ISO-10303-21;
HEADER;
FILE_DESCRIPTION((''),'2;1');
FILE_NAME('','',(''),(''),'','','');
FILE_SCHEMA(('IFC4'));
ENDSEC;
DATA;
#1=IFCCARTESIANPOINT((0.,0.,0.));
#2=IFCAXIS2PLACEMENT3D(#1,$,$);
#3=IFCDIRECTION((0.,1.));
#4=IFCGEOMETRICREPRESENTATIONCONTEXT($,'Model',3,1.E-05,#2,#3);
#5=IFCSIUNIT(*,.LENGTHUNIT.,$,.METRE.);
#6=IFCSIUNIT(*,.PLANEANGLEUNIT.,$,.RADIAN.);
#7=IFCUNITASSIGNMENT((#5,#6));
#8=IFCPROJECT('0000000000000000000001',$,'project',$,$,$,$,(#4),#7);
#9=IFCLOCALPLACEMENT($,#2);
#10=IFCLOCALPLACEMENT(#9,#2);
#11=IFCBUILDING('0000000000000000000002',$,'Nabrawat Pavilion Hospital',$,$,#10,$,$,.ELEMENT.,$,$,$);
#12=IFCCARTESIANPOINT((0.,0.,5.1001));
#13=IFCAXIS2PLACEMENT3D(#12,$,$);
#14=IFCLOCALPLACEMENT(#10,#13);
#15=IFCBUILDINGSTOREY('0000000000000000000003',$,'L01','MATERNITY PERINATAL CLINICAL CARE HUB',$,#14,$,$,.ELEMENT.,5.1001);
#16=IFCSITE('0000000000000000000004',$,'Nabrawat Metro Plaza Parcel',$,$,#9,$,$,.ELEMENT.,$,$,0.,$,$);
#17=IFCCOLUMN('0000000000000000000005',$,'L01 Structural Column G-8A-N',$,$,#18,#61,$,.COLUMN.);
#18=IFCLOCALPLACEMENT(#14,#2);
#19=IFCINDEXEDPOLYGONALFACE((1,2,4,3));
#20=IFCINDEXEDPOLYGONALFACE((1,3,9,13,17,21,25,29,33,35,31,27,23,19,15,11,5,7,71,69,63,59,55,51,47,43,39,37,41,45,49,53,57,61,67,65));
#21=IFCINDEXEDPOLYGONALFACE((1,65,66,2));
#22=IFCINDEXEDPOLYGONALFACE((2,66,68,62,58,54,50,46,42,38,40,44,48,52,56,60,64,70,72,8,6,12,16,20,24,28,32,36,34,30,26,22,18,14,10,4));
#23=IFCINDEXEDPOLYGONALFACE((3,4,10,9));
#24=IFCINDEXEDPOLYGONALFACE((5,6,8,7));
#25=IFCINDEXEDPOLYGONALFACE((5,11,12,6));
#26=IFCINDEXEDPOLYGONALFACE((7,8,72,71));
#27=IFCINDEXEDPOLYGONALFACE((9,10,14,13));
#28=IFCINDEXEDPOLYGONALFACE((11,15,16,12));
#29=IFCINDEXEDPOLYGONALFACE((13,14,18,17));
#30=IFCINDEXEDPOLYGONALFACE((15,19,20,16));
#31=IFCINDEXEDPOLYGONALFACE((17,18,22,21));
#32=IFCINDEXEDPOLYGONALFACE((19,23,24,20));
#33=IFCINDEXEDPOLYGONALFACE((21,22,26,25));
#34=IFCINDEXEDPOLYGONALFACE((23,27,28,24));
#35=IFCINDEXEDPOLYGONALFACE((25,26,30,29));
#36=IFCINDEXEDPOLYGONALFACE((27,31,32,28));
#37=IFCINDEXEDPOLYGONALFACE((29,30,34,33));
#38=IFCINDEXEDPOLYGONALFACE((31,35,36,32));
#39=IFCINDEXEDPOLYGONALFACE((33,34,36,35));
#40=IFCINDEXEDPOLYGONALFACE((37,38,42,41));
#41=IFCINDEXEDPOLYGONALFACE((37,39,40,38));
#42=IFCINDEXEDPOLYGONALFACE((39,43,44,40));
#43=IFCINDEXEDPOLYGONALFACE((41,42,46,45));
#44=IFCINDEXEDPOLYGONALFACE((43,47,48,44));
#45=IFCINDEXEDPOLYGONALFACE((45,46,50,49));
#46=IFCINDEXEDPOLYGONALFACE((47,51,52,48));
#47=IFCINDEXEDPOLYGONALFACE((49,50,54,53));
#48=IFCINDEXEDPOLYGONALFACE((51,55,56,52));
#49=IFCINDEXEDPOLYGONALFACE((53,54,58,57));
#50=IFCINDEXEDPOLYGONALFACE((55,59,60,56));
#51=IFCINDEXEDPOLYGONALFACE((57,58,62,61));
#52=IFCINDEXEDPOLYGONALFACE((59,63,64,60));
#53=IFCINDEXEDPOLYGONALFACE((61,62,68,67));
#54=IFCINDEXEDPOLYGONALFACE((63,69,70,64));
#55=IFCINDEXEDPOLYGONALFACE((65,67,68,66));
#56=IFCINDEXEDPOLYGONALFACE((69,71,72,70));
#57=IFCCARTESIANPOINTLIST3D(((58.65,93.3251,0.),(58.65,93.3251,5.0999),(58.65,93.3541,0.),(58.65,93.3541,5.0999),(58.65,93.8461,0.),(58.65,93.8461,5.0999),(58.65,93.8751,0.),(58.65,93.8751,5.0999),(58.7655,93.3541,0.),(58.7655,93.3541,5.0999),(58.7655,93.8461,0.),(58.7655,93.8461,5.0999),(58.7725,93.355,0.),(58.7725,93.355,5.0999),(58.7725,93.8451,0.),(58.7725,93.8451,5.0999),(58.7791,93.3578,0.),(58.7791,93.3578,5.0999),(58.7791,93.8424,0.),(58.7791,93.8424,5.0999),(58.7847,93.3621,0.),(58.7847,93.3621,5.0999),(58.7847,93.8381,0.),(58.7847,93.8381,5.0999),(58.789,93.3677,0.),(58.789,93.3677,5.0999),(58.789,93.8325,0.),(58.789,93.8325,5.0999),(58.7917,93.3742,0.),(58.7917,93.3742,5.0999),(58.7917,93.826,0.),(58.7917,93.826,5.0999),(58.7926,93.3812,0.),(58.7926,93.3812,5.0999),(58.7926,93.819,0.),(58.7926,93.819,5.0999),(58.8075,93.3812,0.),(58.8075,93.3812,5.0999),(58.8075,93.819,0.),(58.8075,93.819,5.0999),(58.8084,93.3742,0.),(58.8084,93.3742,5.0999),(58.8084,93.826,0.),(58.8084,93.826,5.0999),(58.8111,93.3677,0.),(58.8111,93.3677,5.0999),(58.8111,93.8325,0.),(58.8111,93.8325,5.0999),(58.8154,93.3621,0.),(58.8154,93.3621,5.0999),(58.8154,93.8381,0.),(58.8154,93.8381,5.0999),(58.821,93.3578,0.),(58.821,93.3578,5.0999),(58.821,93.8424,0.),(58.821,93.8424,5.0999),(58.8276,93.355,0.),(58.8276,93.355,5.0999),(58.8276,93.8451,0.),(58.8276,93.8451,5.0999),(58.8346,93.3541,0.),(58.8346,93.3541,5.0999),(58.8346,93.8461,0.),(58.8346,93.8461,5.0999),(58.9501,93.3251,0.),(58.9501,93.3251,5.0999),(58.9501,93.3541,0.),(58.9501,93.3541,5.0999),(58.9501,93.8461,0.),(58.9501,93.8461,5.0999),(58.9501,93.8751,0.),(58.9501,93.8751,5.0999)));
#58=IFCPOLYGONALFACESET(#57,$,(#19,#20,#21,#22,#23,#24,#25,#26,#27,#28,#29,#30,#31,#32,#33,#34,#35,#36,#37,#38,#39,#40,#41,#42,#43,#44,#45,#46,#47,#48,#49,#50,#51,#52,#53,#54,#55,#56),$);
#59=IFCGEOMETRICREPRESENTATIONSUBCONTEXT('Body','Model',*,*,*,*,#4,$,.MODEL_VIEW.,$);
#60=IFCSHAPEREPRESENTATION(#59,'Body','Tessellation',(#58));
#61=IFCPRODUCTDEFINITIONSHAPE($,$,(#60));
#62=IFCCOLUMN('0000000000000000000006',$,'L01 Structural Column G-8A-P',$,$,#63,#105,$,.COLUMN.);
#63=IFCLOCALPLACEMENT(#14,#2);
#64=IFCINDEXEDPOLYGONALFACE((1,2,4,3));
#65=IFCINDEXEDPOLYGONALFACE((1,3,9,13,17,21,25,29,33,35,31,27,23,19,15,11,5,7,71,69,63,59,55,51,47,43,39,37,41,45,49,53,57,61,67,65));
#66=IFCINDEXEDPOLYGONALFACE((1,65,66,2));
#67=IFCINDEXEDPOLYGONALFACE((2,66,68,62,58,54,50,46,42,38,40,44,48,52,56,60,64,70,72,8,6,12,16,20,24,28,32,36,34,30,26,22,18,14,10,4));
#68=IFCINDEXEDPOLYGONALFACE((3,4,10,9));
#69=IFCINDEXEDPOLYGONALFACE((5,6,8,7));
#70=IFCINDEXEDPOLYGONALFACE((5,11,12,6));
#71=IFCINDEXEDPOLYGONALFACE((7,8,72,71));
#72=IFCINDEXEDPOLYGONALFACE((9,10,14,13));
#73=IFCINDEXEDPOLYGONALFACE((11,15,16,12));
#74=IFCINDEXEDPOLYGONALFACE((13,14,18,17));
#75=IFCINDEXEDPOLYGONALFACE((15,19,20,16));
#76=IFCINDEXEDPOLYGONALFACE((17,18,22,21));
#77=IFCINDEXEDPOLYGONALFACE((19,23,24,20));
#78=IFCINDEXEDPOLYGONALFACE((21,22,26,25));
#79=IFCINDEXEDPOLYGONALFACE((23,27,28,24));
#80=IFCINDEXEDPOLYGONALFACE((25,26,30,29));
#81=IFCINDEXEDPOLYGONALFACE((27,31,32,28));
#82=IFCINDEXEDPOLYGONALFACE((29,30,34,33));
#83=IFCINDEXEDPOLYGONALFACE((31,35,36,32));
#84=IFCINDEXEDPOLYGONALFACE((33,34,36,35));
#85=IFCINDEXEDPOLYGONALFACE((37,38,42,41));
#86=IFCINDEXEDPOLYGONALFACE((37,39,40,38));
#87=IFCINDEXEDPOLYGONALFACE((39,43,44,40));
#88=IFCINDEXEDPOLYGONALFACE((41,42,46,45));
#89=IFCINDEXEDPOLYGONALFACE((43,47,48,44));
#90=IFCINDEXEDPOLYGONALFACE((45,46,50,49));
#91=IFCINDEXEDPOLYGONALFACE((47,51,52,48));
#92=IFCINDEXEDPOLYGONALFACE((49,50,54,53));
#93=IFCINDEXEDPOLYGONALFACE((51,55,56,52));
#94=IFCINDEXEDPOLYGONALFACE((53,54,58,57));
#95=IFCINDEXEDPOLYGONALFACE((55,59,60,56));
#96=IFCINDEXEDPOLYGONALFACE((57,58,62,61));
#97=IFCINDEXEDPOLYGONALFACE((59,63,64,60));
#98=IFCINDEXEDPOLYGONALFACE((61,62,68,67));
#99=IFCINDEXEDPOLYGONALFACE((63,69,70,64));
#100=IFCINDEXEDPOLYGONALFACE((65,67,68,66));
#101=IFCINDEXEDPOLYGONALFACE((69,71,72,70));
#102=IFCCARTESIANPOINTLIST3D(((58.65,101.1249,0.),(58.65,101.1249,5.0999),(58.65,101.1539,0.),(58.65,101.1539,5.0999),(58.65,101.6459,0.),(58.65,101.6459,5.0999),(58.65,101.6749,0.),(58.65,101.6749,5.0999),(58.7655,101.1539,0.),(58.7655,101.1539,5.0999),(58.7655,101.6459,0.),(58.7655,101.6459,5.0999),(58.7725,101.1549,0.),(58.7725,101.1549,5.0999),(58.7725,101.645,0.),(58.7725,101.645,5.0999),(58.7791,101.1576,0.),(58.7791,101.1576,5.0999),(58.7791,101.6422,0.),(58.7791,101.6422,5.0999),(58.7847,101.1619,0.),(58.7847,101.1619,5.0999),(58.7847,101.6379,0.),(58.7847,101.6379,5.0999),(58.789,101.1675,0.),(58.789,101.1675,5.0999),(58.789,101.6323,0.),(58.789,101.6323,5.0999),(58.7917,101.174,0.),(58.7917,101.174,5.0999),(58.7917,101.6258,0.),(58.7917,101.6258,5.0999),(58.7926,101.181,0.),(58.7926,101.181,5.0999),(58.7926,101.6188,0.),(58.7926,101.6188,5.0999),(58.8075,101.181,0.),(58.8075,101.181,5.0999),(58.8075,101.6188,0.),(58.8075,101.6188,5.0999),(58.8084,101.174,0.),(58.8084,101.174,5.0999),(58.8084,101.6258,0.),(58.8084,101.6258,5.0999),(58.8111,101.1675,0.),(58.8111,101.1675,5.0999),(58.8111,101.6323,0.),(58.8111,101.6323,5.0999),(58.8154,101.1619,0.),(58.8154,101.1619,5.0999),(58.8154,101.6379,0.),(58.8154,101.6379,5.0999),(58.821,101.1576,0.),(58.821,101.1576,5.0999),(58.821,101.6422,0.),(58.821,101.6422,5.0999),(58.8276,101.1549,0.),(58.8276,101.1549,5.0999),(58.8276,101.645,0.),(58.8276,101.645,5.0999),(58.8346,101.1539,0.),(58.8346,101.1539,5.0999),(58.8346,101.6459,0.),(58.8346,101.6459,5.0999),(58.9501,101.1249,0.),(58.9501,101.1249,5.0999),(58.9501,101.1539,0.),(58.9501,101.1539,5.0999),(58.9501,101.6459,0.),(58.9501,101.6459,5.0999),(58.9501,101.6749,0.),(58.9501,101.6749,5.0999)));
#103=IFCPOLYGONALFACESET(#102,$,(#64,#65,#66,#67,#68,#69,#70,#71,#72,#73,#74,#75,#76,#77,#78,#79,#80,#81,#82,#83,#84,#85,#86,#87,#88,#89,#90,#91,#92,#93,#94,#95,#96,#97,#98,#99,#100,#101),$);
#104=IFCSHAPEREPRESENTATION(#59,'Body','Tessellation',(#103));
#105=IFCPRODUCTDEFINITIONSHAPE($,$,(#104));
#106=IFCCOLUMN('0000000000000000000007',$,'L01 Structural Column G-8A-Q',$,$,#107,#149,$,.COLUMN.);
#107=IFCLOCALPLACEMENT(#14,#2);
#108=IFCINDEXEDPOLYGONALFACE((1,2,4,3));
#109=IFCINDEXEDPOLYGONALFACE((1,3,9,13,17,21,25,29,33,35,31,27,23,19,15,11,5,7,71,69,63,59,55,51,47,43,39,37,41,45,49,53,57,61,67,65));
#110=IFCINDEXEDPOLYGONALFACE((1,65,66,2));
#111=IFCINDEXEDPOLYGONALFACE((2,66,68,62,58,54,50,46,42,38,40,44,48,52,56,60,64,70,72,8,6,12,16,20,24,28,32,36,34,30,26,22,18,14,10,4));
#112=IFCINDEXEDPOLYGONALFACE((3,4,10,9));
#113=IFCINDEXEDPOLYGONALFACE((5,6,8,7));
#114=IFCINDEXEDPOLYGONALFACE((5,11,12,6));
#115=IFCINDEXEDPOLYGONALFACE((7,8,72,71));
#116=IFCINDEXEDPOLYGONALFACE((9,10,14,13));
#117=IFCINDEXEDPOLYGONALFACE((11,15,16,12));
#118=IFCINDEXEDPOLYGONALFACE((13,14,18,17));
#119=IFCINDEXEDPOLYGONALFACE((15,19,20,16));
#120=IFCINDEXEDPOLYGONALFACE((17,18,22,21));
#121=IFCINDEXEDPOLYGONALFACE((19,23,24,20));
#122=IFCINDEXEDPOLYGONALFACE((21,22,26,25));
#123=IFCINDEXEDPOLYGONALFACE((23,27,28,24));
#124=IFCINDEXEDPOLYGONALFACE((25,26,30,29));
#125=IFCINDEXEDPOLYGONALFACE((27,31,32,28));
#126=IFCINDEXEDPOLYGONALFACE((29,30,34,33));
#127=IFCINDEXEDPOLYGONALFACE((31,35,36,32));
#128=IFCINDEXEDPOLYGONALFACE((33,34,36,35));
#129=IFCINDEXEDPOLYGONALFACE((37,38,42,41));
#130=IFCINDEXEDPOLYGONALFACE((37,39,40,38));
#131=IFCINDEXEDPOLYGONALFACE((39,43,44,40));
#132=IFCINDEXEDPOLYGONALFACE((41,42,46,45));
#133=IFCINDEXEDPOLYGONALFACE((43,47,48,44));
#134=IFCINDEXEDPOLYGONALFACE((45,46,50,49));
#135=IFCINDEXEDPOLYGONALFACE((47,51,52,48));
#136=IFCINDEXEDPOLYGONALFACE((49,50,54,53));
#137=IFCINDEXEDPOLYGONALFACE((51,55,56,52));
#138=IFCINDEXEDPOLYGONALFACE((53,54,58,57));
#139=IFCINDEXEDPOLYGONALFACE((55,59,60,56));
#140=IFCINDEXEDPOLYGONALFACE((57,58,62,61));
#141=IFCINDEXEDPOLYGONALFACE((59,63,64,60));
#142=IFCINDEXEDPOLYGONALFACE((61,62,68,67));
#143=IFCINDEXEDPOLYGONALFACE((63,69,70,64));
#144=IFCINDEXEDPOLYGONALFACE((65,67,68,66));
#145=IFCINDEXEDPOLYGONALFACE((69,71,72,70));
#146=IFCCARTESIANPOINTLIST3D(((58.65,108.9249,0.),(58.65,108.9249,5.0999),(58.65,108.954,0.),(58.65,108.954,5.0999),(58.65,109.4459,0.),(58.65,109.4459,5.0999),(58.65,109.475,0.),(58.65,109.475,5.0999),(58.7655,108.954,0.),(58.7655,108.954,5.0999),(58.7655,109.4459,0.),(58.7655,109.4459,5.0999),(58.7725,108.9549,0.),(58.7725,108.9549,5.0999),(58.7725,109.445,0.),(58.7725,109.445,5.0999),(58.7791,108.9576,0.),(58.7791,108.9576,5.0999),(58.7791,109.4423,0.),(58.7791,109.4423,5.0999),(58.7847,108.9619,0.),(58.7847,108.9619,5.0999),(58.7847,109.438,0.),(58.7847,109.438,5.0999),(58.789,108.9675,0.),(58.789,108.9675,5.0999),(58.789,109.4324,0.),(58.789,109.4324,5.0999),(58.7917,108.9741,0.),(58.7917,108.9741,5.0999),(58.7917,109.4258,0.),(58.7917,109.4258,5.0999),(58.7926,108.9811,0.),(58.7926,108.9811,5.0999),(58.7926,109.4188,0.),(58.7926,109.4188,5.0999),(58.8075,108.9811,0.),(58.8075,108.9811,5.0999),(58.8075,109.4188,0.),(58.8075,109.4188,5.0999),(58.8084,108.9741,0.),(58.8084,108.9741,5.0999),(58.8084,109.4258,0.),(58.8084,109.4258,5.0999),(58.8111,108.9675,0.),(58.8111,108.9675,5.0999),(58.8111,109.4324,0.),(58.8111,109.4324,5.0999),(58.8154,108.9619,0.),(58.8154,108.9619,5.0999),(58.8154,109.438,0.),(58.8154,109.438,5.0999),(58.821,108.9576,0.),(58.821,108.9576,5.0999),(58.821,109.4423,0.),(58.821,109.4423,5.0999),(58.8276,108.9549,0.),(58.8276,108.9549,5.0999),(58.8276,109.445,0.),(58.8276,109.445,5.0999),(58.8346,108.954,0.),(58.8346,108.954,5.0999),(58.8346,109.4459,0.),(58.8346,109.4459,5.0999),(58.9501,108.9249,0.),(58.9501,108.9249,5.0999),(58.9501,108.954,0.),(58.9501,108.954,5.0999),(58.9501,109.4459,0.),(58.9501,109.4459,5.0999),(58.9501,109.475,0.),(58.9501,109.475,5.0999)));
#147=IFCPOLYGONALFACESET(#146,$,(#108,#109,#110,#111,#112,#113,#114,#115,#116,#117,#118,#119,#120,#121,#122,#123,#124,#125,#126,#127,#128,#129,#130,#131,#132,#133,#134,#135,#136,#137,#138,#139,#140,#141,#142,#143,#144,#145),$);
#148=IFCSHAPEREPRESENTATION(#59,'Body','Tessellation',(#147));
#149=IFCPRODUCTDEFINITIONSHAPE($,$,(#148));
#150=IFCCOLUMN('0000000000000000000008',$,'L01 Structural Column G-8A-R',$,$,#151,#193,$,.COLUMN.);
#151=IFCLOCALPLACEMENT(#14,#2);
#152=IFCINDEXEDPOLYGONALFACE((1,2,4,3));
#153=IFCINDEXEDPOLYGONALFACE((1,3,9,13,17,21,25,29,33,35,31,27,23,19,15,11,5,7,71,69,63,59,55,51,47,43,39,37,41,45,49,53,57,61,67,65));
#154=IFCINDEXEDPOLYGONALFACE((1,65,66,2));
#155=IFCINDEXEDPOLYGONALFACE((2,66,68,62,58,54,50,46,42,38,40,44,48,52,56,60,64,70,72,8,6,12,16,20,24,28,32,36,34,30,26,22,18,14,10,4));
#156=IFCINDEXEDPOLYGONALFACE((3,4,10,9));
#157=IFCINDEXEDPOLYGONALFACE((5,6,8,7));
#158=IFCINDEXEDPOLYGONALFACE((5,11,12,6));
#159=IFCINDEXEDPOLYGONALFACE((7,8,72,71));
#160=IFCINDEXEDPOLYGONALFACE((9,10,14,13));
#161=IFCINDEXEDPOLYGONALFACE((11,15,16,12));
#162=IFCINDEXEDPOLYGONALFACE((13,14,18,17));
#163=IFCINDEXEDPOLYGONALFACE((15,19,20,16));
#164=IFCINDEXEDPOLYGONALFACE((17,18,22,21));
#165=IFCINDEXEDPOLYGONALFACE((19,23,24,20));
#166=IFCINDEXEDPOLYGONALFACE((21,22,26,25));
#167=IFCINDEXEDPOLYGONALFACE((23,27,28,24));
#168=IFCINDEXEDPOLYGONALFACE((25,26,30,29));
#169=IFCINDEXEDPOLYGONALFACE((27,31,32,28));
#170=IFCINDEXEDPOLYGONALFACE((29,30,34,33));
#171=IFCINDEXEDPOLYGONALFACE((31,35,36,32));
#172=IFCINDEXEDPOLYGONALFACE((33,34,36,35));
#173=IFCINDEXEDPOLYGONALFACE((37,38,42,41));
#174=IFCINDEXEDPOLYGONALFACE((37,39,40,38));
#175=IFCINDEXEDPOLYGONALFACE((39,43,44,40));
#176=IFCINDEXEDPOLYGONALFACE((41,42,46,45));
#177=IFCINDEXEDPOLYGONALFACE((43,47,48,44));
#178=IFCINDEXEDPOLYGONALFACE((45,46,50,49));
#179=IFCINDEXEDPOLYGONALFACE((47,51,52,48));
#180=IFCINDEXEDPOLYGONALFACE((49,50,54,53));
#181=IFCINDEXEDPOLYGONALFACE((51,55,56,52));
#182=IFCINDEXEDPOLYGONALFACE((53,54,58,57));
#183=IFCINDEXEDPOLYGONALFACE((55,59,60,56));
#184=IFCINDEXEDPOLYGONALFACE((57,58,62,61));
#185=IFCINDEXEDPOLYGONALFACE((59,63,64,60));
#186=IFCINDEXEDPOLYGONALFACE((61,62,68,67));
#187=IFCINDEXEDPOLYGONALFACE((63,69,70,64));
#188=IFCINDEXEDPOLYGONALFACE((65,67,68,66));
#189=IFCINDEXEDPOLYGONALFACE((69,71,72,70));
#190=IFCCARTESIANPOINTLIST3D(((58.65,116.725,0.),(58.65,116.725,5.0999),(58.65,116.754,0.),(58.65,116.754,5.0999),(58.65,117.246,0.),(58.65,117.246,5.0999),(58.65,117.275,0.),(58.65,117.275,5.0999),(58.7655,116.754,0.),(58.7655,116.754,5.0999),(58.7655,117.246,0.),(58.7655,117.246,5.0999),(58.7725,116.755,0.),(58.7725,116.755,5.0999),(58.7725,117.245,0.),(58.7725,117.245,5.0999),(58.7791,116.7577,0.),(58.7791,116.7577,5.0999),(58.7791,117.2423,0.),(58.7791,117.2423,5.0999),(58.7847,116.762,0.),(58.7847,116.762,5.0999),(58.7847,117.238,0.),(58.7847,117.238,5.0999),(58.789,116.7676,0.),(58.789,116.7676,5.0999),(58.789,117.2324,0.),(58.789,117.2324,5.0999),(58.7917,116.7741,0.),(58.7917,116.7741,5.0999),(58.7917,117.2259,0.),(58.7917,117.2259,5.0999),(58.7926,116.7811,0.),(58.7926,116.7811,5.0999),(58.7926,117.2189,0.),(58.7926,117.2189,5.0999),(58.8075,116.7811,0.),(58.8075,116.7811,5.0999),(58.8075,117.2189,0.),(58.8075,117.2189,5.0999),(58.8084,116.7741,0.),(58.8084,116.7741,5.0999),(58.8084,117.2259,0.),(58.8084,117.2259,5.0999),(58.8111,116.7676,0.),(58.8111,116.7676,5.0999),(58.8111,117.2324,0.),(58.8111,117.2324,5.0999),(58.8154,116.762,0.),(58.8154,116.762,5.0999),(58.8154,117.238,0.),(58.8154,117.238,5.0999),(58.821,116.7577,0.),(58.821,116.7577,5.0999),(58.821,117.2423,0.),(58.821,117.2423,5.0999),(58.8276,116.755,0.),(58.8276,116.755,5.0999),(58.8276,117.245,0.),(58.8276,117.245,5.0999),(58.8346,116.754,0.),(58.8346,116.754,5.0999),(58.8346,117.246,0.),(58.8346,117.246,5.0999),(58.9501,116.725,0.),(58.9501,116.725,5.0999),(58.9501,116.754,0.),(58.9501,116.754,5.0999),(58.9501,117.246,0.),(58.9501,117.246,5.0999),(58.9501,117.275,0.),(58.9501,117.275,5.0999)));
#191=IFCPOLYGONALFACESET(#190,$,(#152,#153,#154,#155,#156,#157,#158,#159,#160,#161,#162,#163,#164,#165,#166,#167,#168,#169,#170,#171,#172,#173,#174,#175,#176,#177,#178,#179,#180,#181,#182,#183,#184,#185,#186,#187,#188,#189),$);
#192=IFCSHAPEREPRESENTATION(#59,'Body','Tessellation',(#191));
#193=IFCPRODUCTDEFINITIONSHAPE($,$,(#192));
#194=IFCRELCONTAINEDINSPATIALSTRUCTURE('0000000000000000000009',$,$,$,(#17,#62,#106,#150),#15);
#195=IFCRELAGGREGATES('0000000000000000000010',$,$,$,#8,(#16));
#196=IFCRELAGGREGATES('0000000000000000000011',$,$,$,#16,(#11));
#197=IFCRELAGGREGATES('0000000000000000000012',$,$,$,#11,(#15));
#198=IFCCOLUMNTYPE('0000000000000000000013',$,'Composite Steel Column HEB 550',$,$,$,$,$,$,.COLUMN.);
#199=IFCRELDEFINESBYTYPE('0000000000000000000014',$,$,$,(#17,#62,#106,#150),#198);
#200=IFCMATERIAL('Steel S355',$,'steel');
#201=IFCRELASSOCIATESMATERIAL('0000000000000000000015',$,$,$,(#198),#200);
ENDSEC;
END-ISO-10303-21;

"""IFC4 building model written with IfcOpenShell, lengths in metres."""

from ifc_helpers import new_model, si_unit, direction, frame, origin, origin_2d, place, context, subcontext, project, spatial, i_section, extrude, material, material_profile, profile_set, type_object, element, save


model = new_model("IFC4")

# Units and contexts
model_context = context("Model", 3, precision=1e-05, world=origin(), true_north=direction((0.0, 1.0)))
body_context = subcontext(model_context, "Body", "Model", "MODEL_VIEW")
ifc_project = project(units=[si_unit("LENGTHUNIT", "METRE"), si_unit("PLANEANGLEUNIT", "RADIAN")], contexts=[model_context])

# Site, building, storey
site_placement = place(None, origin())
site = spatial("IfcSite", under=ifc_project, at=site_placement, Name="Nabrawat Metro Plaza Parcel", CompositionType="ELEMENT", RefElevation=0.0)
building_placement = place(site_placement, origin())
building = spatial("IfcBuilding", under=site, at=building_placement, Name="Nabrawat Pavilion Hospital", CompositionType="ELEMENT")
storey_placement = place(building_placement, frame((0.0, 0.0, 5.1001)))
storey = spatial("IfcBuildingStorey", under=building, at=storey_placement, Name="L01", Description="MATERNITY PERINATAL CLINICAL CARE HUB", CompositionType="ELEMENT", Elevation=5.1001)

# Columns
ifc_material_1 = material(Name="Steel S355", Category="steel")
ifc_material_profile_1 = material_profile(ifc_material_1, i_section(OverallWidth=0.3, OverallDepth=0.55, WebThickness=0.0149, FlangeThickness=0.0291, FilletRadius=0.0271, at=origin_2d()), Name="HEB 550")
ifc_profile_set_1 = profile_set([ifc_material_profile_1], Name="Steel S355")
column_type = type_object("IfcColumnType", Name="Composite Steel Column HEB 550", PredefinedType="COLUMN", material=ifc_profile_set_1)
for number, where, z_axis, x_axis, name in (
    (1, (58.8, 93.6001, 0.0), (0.0, 0.0, 1.0), (1.0, 0.0, 0.0), "L01 Structural Column G-8A-N"),
    (2, (58.8, 101.3999, 0.0), (0.0, 0.0, 1.0), (1.0, 0.0, 0.0), "L01 Structural Column G-8A-P"),
    (3, (58.8, 109.2, 0.0), (0.0, 0.0, 1.0), (1.0, 0.0, 0.0), "L01 Structural Column G-8A-Q"),
    (4, (58.8, 117.0, 0.0), (0.0, 0.0, 1.0), (1.0, 0.0, 0.0), "L01 Structural Column G-8A-R"),
):
    element("IfcColumn", number, at=place(storey_placement, frame(where, z_axis=z_axis, x_axis=x_axis)), inside=storey, type_object=column_type, Name=name, PredefinedType="COLUMN", context=body_context, shape_type="SweptSolid", body=[
        extrude(i_section(OverallWidth=0.3, OverallDepth=0.55, WebThickness=0.0149, FlangeThickness=0.0291, FilletRadius=0.0271, at=origin_2d()), origin(), (0.0, 0.0, 1.0), 5.0999),
    ])

save(model, "model.ifc")
